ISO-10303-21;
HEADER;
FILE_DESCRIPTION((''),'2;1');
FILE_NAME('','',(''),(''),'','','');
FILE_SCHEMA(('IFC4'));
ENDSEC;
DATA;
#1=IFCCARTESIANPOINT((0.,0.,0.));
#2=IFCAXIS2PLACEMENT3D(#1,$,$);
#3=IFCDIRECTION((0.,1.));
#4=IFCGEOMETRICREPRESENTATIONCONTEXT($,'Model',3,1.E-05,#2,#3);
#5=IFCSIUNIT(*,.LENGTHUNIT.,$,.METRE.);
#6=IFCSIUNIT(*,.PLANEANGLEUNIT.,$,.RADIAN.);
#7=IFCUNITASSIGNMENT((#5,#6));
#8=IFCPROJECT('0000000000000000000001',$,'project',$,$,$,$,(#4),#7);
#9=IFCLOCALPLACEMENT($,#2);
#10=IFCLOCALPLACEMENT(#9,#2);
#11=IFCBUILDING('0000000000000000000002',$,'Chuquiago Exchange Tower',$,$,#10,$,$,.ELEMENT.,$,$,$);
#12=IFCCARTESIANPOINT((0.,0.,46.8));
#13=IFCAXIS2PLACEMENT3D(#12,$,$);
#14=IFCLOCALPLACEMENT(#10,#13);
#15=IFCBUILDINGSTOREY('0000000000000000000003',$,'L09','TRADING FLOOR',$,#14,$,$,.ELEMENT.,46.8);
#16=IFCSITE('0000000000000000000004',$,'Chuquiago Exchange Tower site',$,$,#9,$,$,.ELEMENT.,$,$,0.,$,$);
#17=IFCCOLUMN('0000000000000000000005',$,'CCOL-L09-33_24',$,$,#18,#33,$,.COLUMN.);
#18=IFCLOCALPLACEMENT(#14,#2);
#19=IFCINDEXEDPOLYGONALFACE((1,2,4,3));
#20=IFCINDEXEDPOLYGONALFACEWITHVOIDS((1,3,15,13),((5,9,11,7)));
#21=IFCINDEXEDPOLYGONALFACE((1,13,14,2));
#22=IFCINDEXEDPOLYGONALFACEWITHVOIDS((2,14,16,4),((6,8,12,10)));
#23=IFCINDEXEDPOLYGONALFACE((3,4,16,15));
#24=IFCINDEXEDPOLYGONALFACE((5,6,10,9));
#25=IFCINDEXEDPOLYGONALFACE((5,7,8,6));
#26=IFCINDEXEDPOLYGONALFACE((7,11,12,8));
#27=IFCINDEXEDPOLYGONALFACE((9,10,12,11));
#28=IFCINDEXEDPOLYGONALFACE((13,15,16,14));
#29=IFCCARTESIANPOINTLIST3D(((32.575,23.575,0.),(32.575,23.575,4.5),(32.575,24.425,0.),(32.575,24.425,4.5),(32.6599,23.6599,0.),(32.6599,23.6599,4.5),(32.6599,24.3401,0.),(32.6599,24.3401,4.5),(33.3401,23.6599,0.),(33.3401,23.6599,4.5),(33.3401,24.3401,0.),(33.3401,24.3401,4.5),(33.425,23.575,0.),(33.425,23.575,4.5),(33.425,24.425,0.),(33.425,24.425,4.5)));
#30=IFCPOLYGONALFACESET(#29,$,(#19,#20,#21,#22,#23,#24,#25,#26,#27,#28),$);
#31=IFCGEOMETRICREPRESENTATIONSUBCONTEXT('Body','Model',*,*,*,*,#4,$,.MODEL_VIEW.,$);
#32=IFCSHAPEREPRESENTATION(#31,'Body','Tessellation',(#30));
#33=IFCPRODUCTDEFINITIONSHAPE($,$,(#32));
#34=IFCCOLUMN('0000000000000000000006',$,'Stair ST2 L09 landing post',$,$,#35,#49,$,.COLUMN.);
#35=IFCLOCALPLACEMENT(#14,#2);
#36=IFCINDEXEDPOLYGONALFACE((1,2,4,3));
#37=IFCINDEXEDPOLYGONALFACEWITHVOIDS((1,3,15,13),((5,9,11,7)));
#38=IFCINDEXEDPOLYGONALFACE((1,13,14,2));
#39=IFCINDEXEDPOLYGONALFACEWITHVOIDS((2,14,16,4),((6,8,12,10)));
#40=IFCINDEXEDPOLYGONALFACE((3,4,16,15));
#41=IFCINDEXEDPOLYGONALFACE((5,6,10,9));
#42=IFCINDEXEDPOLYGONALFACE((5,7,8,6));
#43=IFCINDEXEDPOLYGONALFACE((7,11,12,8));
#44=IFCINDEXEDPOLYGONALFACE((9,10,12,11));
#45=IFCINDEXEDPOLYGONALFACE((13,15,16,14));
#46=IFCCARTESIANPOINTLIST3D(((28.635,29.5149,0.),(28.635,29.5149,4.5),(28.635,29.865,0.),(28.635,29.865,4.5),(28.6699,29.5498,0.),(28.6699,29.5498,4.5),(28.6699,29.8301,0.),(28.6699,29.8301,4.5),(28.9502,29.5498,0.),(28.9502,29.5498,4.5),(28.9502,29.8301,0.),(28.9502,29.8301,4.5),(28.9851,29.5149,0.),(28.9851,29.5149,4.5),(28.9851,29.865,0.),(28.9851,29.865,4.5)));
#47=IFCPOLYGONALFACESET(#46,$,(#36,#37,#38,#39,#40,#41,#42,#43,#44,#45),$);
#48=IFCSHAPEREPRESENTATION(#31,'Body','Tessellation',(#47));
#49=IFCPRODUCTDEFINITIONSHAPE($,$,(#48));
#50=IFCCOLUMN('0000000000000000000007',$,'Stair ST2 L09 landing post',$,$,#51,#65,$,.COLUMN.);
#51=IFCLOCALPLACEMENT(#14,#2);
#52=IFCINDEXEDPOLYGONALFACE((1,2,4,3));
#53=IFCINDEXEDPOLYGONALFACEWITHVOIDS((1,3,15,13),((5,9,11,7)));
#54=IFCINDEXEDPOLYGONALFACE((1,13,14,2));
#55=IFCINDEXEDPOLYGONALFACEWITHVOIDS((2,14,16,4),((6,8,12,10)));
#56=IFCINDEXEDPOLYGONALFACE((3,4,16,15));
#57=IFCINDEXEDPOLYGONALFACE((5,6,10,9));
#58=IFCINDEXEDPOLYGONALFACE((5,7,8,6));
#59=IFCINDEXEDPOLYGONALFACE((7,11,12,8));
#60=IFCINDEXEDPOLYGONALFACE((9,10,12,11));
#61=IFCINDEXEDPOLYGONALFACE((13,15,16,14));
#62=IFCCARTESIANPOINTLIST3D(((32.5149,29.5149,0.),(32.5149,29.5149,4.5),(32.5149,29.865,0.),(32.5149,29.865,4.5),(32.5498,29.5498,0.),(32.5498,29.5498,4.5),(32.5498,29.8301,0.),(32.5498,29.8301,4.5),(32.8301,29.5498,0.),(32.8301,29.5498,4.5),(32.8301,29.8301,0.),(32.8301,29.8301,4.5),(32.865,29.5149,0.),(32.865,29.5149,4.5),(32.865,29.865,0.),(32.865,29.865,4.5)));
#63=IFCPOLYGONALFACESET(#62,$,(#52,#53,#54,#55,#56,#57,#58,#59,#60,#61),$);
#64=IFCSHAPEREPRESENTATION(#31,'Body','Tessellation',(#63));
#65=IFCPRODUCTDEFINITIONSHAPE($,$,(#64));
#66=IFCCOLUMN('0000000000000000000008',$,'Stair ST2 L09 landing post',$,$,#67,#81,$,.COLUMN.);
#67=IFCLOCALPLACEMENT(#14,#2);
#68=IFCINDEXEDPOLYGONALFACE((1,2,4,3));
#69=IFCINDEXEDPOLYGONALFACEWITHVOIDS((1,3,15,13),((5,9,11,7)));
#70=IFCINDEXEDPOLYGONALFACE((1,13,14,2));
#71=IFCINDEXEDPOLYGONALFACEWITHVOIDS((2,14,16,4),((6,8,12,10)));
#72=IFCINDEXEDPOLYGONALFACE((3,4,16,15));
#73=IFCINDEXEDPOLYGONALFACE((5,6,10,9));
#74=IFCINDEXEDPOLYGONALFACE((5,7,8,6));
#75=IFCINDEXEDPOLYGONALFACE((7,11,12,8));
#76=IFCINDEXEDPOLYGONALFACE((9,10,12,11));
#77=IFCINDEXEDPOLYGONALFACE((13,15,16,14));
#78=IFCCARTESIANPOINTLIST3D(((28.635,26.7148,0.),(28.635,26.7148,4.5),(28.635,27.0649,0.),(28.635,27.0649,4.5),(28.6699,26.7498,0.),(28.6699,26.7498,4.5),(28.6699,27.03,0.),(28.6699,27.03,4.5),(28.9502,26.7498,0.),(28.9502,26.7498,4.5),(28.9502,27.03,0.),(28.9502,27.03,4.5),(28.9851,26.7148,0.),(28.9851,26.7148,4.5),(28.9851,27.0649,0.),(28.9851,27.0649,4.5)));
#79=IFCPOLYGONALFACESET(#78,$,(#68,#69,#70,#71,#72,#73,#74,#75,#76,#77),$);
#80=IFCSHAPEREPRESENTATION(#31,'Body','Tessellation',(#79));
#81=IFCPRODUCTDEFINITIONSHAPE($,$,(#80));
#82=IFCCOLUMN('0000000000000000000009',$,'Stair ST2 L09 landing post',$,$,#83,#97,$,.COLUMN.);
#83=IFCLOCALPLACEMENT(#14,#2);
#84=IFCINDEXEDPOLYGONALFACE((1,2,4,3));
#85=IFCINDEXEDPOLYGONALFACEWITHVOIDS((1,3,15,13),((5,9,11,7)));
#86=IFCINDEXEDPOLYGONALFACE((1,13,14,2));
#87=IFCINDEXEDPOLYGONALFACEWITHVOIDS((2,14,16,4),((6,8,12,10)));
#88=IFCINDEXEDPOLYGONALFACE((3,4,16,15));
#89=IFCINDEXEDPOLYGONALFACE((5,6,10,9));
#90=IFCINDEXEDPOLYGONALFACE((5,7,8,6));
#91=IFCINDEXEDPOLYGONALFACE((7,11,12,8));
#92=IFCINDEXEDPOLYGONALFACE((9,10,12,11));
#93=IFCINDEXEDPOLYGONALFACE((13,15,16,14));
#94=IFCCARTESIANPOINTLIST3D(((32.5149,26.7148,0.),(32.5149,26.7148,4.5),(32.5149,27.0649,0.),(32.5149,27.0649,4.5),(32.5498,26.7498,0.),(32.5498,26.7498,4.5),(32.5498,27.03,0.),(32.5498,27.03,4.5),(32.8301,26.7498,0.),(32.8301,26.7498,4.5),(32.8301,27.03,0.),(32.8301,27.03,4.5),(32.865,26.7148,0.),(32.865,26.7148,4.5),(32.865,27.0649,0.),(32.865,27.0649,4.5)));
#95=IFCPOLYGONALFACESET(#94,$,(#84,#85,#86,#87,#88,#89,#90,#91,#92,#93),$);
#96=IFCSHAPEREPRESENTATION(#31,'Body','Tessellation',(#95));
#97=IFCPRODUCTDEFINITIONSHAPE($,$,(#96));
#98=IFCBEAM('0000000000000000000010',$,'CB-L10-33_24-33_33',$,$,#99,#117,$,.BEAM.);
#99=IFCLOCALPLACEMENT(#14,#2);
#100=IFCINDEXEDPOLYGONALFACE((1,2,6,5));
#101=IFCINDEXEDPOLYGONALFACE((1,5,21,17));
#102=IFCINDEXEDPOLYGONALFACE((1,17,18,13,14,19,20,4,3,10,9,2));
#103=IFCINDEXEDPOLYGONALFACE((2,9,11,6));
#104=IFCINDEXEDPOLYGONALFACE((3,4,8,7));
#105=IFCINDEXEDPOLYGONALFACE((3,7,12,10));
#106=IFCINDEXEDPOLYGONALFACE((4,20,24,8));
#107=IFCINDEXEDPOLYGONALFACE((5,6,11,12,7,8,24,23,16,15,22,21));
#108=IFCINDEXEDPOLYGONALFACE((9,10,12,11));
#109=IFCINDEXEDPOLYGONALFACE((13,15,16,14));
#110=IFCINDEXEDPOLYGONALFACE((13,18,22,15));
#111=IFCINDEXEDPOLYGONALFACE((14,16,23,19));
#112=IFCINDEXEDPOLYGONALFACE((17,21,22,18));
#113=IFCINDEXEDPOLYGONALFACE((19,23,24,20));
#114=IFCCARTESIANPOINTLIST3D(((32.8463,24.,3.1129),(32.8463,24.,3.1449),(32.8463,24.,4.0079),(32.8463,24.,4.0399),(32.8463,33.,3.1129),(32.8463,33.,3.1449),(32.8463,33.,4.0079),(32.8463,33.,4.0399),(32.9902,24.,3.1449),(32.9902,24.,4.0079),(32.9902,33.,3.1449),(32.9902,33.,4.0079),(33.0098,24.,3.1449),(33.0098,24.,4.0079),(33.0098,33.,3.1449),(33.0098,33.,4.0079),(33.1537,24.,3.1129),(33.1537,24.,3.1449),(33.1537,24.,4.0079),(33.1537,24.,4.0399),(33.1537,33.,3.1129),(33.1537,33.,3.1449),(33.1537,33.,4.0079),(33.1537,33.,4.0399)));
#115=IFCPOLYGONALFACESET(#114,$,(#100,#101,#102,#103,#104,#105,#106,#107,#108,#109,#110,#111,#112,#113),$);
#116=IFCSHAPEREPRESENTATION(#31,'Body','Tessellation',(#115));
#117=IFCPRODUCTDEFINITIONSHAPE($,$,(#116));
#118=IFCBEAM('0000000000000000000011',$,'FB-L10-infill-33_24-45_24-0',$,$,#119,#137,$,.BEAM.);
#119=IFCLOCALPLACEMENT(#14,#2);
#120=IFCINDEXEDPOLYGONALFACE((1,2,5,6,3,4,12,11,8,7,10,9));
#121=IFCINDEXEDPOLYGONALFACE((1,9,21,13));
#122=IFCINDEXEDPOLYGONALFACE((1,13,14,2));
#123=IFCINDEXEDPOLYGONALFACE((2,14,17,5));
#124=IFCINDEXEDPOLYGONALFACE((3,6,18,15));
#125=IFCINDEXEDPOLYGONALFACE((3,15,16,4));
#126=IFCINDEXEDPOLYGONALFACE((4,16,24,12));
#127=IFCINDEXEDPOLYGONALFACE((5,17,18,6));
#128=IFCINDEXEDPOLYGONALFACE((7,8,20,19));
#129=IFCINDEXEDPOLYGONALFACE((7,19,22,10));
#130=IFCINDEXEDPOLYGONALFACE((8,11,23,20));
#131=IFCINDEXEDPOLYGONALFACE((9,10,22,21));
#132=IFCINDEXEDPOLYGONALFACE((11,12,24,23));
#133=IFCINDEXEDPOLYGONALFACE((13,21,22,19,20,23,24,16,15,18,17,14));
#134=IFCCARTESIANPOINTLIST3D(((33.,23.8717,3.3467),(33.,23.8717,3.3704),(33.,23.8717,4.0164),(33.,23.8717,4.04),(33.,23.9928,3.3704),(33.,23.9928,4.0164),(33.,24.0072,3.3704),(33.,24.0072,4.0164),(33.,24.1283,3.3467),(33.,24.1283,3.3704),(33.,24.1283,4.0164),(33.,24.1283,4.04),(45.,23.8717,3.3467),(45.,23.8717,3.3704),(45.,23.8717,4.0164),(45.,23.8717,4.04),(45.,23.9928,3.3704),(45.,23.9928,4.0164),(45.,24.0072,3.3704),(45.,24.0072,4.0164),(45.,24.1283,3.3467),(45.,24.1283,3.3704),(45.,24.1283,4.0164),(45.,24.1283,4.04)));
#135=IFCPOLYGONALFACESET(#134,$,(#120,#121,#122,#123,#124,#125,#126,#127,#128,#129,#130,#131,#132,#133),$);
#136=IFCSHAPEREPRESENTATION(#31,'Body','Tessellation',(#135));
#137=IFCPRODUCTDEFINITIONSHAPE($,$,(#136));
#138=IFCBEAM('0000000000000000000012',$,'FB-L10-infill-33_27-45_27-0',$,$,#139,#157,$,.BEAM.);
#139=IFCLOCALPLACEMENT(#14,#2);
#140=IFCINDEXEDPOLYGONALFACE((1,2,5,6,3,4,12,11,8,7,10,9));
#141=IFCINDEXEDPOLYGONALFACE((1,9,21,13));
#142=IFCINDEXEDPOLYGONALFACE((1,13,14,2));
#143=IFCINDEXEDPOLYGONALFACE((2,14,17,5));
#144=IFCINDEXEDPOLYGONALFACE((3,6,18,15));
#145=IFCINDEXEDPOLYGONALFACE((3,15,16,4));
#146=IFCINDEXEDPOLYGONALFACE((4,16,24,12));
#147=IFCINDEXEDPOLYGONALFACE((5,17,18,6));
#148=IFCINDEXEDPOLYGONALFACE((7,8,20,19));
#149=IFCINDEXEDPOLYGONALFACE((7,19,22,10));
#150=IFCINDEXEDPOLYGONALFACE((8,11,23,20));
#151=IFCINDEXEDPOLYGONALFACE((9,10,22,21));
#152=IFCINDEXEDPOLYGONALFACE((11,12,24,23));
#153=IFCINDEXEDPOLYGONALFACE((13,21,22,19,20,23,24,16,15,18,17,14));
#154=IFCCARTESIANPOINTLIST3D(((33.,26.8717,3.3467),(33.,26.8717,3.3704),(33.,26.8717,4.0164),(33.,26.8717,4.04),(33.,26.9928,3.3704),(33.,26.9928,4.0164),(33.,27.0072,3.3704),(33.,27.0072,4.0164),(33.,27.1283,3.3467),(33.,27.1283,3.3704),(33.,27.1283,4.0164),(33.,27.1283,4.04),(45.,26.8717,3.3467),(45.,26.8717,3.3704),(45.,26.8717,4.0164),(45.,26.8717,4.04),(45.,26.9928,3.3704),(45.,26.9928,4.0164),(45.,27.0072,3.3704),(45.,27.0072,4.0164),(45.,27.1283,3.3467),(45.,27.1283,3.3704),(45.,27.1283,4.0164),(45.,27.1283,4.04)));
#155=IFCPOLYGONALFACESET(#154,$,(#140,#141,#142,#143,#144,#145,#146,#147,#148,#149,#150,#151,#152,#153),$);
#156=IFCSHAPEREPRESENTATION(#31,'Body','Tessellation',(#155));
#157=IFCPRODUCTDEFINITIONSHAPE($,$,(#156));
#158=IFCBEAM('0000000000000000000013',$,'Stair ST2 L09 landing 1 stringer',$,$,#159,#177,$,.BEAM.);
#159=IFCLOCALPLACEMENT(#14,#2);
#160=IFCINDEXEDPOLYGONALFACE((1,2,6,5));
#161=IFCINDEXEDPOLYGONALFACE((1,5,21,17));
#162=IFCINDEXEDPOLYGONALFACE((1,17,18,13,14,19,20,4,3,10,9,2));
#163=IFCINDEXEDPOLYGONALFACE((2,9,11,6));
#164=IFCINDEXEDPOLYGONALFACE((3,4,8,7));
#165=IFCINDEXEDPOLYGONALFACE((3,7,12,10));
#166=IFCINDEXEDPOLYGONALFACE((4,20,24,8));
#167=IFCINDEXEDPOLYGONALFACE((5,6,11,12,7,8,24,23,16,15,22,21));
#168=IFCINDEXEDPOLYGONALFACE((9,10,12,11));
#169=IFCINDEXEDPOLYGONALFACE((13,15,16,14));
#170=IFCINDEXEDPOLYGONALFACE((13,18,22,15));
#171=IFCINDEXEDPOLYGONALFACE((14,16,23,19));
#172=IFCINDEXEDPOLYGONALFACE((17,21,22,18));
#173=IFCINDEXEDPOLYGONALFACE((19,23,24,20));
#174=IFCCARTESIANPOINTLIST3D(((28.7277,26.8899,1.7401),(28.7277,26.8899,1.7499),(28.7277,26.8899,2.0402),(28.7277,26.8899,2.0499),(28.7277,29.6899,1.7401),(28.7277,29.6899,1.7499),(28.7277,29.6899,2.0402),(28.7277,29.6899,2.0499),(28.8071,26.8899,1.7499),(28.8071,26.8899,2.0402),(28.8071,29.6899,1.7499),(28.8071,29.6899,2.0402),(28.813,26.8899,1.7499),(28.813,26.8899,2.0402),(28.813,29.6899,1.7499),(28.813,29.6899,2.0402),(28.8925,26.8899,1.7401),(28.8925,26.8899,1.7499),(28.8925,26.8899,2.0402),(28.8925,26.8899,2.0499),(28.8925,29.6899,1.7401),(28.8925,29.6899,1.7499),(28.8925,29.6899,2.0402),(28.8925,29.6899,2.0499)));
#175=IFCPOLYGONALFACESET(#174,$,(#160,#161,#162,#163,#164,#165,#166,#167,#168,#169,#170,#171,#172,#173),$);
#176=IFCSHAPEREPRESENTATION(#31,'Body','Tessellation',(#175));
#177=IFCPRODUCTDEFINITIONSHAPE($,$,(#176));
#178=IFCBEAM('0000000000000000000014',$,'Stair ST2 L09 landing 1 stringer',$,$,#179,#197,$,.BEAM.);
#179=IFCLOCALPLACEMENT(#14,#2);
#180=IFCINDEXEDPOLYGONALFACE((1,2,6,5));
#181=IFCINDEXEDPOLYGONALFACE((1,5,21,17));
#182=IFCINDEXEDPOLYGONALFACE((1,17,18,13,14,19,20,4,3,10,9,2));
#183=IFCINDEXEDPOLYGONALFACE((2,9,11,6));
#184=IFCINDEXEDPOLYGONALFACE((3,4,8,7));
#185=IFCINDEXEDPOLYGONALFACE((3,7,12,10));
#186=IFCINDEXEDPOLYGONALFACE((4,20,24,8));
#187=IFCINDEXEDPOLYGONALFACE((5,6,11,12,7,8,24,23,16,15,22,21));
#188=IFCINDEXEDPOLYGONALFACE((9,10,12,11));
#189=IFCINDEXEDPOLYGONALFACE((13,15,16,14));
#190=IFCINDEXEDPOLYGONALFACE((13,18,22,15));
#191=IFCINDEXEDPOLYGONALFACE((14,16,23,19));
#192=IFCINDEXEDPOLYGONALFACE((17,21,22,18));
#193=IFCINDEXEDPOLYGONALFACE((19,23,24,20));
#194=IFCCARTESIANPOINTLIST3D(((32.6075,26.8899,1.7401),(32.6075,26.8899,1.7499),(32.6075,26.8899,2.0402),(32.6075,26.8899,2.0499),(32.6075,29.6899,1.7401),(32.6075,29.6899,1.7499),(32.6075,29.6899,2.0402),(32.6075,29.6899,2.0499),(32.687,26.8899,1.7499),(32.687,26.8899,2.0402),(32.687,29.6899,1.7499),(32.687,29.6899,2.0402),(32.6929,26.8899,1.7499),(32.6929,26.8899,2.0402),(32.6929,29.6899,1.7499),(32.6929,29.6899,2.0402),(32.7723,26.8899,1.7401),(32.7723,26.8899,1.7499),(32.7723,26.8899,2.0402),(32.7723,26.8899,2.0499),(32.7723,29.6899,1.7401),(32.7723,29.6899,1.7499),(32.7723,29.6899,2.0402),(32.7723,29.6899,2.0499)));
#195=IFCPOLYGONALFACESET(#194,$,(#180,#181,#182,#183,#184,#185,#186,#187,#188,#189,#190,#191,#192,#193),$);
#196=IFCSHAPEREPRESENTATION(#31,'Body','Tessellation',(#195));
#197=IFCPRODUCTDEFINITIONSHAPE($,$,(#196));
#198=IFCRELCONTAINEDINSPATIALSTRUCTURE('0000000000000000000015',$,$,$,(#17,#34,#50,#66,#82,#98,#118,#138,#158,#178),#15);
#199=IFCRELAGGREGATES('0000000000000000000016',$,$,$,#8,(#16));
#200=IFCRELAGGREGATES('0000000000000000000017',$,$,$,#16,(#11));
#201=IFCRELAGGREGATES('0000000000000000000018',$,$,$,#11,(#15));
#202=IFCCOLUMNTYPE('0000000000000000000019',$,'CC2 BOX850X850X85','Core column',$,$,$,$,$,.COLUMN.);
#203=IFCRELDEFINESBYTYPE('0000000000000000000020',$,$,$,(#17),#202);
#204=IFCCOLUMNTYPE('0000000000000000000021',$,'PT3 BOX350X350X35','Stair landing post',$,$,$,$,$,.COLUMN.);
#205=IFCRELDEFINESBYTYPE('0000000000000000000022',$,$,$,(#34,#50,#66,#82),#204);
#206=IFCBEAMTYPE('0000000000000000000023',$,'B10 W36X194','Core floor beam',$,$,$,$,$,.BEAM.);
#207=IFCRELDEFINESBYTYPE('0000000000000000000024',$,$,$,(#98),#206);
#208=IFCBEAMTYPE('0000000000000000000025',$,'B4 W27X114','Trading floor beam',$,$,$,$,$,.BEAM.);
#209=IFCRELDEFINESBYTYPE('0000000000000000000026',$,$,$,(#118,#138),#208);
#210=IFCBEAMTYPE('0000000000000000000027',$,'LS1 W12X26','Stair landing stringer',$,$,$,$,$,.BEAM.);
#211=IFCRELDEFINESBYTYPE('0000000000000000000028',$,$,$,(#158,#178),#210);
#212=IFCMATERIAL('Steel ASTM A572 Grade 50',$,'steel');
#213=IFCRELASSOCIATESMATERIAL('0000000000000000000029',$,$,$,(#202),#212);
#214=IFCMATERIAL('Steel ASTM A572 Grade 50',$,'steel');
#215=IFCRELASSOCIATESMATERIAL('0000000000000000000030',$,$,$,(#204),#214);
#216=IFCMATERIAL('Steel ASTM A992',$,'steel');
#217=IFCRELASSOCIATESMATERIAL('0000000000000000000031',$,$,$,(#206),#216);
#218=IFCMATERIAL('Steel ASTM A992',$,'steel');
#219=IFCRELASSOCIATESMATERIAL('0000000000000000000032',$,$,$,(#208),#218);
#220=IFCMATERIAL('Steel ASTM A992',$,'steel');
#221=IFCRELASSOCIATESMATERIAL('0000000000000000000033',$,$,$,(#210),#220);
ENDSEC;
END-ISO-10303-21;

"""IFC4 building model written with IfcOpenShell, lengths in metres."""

from ifc_helpers import new_model, si_unit, direction, frame, origin, origin_2d, place, context, subcontext, project, spatial, hollow_rectangle, i_section, extrude, material, material_profile, profile_set, type_object, element, save


model = new_model("IFC4")

# Units and contexts
model_context = context("Model", 3, precision=1e-05, world=origin(), true_north=direction((0.0, 1.0)))
body_context = subcontext(model_context, "Body", "Model", "MODEL_VIEW")
ifc_project = project(units=[si_unit("LENGTHUNIT", "METRE"), si_unit("PLANEANGLEUNIT", "RADIAN")], contexts=[model_context])

# Site, building, storey
site_placement = place(None, origin())
site = spatial("IfcSite", under=ifc_project, at=site_placement, Name="Chuquiago Exchange Tower site", CompositionType="ELEMENT", RefElevation=0.0)
building_placement = place(site_placement, origin())
building = spatial("IfcBuilding", under=site, at=building_placement, Name="Chuquiago Exchange Tower", CompositionType="ELEMENT")
storey_placement = place(building_placement, frame((0.0, 0.0, 46.8)))
storey = spatial("IfcBuildingStorey", under=building, at=storey_placement, Name="L09", Description="TRADING FLOOR", CompositionType="ELEMENT", Elevation=46.8)

# Columns
ifc_material_1 = material(Name="Steel ASTM A572 Grade 50", Category="steel")
ifc_material_profile_1 = material_profile(ifc_material_1, hollow_rectangle(XDim=0.8501, YDim=0.8501, WallThickness=0.085, at=origin_2d()), Name="BOX850X850X85")
ifc_profile_set_1 = profile_set([ifc_material_profile_1], Name="Steel ASTM A572 Grade 50")
column_type_1 = type_object("IfcColumnType", Name="CC2 BOX850X850X85", Description="Core column", PredefinedType="COLUMN", material=ifc_profile_set_1)
column_placement = place(storey_placement, frame((33.0, 24.0, 0.0), z_axis=(0.0, 0.0, 1.0), x_axis=(1.0, 0.0, 0.0)))
element("IfcColumn", 1, at=column_placement, inside=storey, type_object=column_type_1, Name="CCOL-L09-33_24", PredefinedType="COLUMN", context=body_context, shape_type="SweptSolid", body=[
    extrude(hollow_rectangle(XDim=0.8501, YDim=0.8501, WallThickness=0.085, at=origin_2d()), origin(), (0.0, 0.0, 1.0), 4.5),
])
ifc_material_2 = material(Name="Steel ASTM A572 Grade 50", Category="steel")
ifc_material_profile_2 = material_profile(ifc_material_2, hollow_rectangle(XDim=0.3501, YDim=0.3501, WallThickness=0.0349, at=origin_2d()), Name="BOX350X350X35")
ifc_profile_set_2 = profile_set([ifc_material_profile_2], Name="Steel ASTM A572 Grade 50")
column_type_2 = type_object("IfcColumnType", Name="PT3 BOX350X350X35", Description="Stair landing post", PredefinedType="COLUMN", material=ifc_profile_set_2)
for number, where, z_axis, x_axis, name in (
    (2, (28.8101, 29.6899, 0.0), (0.0, 0.0, 1.0), (1.0, 0.0, 0.0), "Stair ST2 L09 landing post"),
    (3, (32.6899, 29.6899, 0.0), (0.0, 0.0, 1.0), (1.0, 0.0, 0.0), "Stair ST2 L09 landing post"),
    (4, (28.8101, 26.8899, 0.0), (0.0, 0.0, 1.0), (1.0, 0.0, 0.0), "Stair ST2 L09 landing post"),
    (5, (32.6899, 26.8899, 0.0), (0.0, 0.0, 1.0), (1.0, 0.0, 0.0), "Stair ST2 L09 landing post"),
):
    element("IfcColumn", number, at=place(storey_placement, frame(where, z_axis=z_axis, x_axis=x_axis)), inside=storey, type_object=column_type_2, Name=name, PredefinedType="COLUMN", context=body_context, shape_type="SweptSolid", body=[
        extrude(hollow_rectangle(XDim=0.3501, YDim=0.3501, WallThickness=0.0349, at=origin_2d()), origin(), (0.0, 0.0, 1.0), 4.5),
    ])

# Beams
ifc_material_3 = material(Name="Steel ASTM A992", Category="steel")
ifc_material_profile_3 = material_profile(ifc_material_3, i_section(OverallWidth=0.3074, OverallDepth=0.927, WebThickness=0.0195, FlangeThickness=0.032, at=origin_2d()), Name="W36X194")
ifc_profile_set_3 = profile_set([ifc_material_profile_3], Name="Steel ASTM A992")
beam_type_1 = type_object("IfcBeamType", Name="B10 W36X194", Description="Core floor beam", PredefinedType="BEAM", material=ifc_profile_set_3)
beam_placement = place(storey_placement, frame((33.0, 24.0, 3.5764), z_axis=(0.0, 1.0, 0.0), x_axis=(-1.0, 0.0, 0.0)))
element("IfcBeam", 6, at=beam_placement, inside=storey, type_object=beam_type_1, Name="CB-L10-33_24-33_33", PredefinedType="BEAM", context=body_context, shape_type="SweptSolid", body=[
    extrude(i_section(OverallWidth=0.3074, OverallDepth=0.927, WebThickness=0.0195, FlangeThickness=0.032, at=origin_2d()), origin(), (0.0, 0.0, 1.0), 9.0),
])
ifc_material_4 = material(Name="Steel ASTM A992", Category="steel")
ifc_material_profile_4 = material_profile(ifc_material_4, i_section(OverallWidth=0.2566, OverallDepth=0.6934, WebThickness=0.0144, FlangeThickness=0.0237, at=origin_2d()), Name="W27X114")
ifc_profile_set_4 = profile_set([ifc_material_profile_4], Name="Steel ASTM A992")
beam_type_2 = type_object("IfcBeamType", Name="B4 W27X114", Description="Trading floor beam", PredefinedType="BEAM", material=ifc_profile_set_4)
for number, where, z_axis, x_axis, name in (
    (7, (33.0, 24.0, 3.6934), (1.0, 0.0, 0.0), (0.0, 1.0, 0.0), "FB-L10-infill-33_24-45_24-0"),
    (8, (33.0, 27.0, 3.6934), (1.0, 0.0, 0.0), (0.0, 1.0, 0.0), "FB-L10-infill-33_27-45_27-0"),
):
    element("IfcBeam", number, at=place(storey_placement, frame(where, z_axis=z_axis, x_axis=x_axis)), inside=storey, type_object=beam_type_2, Name=name, PredefinedType="BEAM", context=body_context, shape_type="SweptSolid", body=[
        extrude(i_section(OverallWidth=0.2566, OverallDepth=0.6934, WebThickness=0.0144, FlangeThickness=0.0237, at=origin_2d()), origin(), (0.0, 0.0, 1.0), 12.0),
    ])
ifc_material_5 = material(Name="Steel ASTM A992", Category="steel")
ifc_material_profile_5 = material_profile(ifc_material_5, i_section(OverallWidth=0.1648, OverallDepth=0.3098, WebThickness=0.0059, FlangeThickness=0.0098, at=origin_2d()), Name="W12X26")
ifc_profile_set_5 = profile_set([ifc_material_profile_5], Name="Steel ASTM A992")
beam_type_3 = type_object("IfcBeamType", Name="LS1 W12X26", Description="Stair landing stringer", PredefinedType="BEAM", material=ifc_profile_set_5)
for number, where, z_axis, x_axis, name in (
    (9, (28.8101, 26.8899, 1.895), (0.0, 1.0, 0.0), (-1.0, 0.0, 0.0), "Stair ST2 L09 landing 1 stringer"),
    (10, (32.6899, 26.8899, 1.895), (0.0, 1.0, 0.0), (-1.0, 0.0, 0.0), "Stair ST2 L09 landing 1 stringer"),
):
    element("IfcBeam", number, at=place(storey_placement, frame(where, z_axis=z_axis, x_axis=x_axis)), inside=storey, type_object=beam_type_3, Name=name, PredefinedType="BEAM", context=body_context, shape_type="SweptSolid", body=[
        extrude(i_section(OverallWidth=0.1648, OverallDepth=0.3098, WebThickness=0.0059, FlangeThickness=0.0098, at=origin_2d()), origin(), (0.0, 0.0, 1.0), 2.8),
    ])

save(model, "model.ifc")
